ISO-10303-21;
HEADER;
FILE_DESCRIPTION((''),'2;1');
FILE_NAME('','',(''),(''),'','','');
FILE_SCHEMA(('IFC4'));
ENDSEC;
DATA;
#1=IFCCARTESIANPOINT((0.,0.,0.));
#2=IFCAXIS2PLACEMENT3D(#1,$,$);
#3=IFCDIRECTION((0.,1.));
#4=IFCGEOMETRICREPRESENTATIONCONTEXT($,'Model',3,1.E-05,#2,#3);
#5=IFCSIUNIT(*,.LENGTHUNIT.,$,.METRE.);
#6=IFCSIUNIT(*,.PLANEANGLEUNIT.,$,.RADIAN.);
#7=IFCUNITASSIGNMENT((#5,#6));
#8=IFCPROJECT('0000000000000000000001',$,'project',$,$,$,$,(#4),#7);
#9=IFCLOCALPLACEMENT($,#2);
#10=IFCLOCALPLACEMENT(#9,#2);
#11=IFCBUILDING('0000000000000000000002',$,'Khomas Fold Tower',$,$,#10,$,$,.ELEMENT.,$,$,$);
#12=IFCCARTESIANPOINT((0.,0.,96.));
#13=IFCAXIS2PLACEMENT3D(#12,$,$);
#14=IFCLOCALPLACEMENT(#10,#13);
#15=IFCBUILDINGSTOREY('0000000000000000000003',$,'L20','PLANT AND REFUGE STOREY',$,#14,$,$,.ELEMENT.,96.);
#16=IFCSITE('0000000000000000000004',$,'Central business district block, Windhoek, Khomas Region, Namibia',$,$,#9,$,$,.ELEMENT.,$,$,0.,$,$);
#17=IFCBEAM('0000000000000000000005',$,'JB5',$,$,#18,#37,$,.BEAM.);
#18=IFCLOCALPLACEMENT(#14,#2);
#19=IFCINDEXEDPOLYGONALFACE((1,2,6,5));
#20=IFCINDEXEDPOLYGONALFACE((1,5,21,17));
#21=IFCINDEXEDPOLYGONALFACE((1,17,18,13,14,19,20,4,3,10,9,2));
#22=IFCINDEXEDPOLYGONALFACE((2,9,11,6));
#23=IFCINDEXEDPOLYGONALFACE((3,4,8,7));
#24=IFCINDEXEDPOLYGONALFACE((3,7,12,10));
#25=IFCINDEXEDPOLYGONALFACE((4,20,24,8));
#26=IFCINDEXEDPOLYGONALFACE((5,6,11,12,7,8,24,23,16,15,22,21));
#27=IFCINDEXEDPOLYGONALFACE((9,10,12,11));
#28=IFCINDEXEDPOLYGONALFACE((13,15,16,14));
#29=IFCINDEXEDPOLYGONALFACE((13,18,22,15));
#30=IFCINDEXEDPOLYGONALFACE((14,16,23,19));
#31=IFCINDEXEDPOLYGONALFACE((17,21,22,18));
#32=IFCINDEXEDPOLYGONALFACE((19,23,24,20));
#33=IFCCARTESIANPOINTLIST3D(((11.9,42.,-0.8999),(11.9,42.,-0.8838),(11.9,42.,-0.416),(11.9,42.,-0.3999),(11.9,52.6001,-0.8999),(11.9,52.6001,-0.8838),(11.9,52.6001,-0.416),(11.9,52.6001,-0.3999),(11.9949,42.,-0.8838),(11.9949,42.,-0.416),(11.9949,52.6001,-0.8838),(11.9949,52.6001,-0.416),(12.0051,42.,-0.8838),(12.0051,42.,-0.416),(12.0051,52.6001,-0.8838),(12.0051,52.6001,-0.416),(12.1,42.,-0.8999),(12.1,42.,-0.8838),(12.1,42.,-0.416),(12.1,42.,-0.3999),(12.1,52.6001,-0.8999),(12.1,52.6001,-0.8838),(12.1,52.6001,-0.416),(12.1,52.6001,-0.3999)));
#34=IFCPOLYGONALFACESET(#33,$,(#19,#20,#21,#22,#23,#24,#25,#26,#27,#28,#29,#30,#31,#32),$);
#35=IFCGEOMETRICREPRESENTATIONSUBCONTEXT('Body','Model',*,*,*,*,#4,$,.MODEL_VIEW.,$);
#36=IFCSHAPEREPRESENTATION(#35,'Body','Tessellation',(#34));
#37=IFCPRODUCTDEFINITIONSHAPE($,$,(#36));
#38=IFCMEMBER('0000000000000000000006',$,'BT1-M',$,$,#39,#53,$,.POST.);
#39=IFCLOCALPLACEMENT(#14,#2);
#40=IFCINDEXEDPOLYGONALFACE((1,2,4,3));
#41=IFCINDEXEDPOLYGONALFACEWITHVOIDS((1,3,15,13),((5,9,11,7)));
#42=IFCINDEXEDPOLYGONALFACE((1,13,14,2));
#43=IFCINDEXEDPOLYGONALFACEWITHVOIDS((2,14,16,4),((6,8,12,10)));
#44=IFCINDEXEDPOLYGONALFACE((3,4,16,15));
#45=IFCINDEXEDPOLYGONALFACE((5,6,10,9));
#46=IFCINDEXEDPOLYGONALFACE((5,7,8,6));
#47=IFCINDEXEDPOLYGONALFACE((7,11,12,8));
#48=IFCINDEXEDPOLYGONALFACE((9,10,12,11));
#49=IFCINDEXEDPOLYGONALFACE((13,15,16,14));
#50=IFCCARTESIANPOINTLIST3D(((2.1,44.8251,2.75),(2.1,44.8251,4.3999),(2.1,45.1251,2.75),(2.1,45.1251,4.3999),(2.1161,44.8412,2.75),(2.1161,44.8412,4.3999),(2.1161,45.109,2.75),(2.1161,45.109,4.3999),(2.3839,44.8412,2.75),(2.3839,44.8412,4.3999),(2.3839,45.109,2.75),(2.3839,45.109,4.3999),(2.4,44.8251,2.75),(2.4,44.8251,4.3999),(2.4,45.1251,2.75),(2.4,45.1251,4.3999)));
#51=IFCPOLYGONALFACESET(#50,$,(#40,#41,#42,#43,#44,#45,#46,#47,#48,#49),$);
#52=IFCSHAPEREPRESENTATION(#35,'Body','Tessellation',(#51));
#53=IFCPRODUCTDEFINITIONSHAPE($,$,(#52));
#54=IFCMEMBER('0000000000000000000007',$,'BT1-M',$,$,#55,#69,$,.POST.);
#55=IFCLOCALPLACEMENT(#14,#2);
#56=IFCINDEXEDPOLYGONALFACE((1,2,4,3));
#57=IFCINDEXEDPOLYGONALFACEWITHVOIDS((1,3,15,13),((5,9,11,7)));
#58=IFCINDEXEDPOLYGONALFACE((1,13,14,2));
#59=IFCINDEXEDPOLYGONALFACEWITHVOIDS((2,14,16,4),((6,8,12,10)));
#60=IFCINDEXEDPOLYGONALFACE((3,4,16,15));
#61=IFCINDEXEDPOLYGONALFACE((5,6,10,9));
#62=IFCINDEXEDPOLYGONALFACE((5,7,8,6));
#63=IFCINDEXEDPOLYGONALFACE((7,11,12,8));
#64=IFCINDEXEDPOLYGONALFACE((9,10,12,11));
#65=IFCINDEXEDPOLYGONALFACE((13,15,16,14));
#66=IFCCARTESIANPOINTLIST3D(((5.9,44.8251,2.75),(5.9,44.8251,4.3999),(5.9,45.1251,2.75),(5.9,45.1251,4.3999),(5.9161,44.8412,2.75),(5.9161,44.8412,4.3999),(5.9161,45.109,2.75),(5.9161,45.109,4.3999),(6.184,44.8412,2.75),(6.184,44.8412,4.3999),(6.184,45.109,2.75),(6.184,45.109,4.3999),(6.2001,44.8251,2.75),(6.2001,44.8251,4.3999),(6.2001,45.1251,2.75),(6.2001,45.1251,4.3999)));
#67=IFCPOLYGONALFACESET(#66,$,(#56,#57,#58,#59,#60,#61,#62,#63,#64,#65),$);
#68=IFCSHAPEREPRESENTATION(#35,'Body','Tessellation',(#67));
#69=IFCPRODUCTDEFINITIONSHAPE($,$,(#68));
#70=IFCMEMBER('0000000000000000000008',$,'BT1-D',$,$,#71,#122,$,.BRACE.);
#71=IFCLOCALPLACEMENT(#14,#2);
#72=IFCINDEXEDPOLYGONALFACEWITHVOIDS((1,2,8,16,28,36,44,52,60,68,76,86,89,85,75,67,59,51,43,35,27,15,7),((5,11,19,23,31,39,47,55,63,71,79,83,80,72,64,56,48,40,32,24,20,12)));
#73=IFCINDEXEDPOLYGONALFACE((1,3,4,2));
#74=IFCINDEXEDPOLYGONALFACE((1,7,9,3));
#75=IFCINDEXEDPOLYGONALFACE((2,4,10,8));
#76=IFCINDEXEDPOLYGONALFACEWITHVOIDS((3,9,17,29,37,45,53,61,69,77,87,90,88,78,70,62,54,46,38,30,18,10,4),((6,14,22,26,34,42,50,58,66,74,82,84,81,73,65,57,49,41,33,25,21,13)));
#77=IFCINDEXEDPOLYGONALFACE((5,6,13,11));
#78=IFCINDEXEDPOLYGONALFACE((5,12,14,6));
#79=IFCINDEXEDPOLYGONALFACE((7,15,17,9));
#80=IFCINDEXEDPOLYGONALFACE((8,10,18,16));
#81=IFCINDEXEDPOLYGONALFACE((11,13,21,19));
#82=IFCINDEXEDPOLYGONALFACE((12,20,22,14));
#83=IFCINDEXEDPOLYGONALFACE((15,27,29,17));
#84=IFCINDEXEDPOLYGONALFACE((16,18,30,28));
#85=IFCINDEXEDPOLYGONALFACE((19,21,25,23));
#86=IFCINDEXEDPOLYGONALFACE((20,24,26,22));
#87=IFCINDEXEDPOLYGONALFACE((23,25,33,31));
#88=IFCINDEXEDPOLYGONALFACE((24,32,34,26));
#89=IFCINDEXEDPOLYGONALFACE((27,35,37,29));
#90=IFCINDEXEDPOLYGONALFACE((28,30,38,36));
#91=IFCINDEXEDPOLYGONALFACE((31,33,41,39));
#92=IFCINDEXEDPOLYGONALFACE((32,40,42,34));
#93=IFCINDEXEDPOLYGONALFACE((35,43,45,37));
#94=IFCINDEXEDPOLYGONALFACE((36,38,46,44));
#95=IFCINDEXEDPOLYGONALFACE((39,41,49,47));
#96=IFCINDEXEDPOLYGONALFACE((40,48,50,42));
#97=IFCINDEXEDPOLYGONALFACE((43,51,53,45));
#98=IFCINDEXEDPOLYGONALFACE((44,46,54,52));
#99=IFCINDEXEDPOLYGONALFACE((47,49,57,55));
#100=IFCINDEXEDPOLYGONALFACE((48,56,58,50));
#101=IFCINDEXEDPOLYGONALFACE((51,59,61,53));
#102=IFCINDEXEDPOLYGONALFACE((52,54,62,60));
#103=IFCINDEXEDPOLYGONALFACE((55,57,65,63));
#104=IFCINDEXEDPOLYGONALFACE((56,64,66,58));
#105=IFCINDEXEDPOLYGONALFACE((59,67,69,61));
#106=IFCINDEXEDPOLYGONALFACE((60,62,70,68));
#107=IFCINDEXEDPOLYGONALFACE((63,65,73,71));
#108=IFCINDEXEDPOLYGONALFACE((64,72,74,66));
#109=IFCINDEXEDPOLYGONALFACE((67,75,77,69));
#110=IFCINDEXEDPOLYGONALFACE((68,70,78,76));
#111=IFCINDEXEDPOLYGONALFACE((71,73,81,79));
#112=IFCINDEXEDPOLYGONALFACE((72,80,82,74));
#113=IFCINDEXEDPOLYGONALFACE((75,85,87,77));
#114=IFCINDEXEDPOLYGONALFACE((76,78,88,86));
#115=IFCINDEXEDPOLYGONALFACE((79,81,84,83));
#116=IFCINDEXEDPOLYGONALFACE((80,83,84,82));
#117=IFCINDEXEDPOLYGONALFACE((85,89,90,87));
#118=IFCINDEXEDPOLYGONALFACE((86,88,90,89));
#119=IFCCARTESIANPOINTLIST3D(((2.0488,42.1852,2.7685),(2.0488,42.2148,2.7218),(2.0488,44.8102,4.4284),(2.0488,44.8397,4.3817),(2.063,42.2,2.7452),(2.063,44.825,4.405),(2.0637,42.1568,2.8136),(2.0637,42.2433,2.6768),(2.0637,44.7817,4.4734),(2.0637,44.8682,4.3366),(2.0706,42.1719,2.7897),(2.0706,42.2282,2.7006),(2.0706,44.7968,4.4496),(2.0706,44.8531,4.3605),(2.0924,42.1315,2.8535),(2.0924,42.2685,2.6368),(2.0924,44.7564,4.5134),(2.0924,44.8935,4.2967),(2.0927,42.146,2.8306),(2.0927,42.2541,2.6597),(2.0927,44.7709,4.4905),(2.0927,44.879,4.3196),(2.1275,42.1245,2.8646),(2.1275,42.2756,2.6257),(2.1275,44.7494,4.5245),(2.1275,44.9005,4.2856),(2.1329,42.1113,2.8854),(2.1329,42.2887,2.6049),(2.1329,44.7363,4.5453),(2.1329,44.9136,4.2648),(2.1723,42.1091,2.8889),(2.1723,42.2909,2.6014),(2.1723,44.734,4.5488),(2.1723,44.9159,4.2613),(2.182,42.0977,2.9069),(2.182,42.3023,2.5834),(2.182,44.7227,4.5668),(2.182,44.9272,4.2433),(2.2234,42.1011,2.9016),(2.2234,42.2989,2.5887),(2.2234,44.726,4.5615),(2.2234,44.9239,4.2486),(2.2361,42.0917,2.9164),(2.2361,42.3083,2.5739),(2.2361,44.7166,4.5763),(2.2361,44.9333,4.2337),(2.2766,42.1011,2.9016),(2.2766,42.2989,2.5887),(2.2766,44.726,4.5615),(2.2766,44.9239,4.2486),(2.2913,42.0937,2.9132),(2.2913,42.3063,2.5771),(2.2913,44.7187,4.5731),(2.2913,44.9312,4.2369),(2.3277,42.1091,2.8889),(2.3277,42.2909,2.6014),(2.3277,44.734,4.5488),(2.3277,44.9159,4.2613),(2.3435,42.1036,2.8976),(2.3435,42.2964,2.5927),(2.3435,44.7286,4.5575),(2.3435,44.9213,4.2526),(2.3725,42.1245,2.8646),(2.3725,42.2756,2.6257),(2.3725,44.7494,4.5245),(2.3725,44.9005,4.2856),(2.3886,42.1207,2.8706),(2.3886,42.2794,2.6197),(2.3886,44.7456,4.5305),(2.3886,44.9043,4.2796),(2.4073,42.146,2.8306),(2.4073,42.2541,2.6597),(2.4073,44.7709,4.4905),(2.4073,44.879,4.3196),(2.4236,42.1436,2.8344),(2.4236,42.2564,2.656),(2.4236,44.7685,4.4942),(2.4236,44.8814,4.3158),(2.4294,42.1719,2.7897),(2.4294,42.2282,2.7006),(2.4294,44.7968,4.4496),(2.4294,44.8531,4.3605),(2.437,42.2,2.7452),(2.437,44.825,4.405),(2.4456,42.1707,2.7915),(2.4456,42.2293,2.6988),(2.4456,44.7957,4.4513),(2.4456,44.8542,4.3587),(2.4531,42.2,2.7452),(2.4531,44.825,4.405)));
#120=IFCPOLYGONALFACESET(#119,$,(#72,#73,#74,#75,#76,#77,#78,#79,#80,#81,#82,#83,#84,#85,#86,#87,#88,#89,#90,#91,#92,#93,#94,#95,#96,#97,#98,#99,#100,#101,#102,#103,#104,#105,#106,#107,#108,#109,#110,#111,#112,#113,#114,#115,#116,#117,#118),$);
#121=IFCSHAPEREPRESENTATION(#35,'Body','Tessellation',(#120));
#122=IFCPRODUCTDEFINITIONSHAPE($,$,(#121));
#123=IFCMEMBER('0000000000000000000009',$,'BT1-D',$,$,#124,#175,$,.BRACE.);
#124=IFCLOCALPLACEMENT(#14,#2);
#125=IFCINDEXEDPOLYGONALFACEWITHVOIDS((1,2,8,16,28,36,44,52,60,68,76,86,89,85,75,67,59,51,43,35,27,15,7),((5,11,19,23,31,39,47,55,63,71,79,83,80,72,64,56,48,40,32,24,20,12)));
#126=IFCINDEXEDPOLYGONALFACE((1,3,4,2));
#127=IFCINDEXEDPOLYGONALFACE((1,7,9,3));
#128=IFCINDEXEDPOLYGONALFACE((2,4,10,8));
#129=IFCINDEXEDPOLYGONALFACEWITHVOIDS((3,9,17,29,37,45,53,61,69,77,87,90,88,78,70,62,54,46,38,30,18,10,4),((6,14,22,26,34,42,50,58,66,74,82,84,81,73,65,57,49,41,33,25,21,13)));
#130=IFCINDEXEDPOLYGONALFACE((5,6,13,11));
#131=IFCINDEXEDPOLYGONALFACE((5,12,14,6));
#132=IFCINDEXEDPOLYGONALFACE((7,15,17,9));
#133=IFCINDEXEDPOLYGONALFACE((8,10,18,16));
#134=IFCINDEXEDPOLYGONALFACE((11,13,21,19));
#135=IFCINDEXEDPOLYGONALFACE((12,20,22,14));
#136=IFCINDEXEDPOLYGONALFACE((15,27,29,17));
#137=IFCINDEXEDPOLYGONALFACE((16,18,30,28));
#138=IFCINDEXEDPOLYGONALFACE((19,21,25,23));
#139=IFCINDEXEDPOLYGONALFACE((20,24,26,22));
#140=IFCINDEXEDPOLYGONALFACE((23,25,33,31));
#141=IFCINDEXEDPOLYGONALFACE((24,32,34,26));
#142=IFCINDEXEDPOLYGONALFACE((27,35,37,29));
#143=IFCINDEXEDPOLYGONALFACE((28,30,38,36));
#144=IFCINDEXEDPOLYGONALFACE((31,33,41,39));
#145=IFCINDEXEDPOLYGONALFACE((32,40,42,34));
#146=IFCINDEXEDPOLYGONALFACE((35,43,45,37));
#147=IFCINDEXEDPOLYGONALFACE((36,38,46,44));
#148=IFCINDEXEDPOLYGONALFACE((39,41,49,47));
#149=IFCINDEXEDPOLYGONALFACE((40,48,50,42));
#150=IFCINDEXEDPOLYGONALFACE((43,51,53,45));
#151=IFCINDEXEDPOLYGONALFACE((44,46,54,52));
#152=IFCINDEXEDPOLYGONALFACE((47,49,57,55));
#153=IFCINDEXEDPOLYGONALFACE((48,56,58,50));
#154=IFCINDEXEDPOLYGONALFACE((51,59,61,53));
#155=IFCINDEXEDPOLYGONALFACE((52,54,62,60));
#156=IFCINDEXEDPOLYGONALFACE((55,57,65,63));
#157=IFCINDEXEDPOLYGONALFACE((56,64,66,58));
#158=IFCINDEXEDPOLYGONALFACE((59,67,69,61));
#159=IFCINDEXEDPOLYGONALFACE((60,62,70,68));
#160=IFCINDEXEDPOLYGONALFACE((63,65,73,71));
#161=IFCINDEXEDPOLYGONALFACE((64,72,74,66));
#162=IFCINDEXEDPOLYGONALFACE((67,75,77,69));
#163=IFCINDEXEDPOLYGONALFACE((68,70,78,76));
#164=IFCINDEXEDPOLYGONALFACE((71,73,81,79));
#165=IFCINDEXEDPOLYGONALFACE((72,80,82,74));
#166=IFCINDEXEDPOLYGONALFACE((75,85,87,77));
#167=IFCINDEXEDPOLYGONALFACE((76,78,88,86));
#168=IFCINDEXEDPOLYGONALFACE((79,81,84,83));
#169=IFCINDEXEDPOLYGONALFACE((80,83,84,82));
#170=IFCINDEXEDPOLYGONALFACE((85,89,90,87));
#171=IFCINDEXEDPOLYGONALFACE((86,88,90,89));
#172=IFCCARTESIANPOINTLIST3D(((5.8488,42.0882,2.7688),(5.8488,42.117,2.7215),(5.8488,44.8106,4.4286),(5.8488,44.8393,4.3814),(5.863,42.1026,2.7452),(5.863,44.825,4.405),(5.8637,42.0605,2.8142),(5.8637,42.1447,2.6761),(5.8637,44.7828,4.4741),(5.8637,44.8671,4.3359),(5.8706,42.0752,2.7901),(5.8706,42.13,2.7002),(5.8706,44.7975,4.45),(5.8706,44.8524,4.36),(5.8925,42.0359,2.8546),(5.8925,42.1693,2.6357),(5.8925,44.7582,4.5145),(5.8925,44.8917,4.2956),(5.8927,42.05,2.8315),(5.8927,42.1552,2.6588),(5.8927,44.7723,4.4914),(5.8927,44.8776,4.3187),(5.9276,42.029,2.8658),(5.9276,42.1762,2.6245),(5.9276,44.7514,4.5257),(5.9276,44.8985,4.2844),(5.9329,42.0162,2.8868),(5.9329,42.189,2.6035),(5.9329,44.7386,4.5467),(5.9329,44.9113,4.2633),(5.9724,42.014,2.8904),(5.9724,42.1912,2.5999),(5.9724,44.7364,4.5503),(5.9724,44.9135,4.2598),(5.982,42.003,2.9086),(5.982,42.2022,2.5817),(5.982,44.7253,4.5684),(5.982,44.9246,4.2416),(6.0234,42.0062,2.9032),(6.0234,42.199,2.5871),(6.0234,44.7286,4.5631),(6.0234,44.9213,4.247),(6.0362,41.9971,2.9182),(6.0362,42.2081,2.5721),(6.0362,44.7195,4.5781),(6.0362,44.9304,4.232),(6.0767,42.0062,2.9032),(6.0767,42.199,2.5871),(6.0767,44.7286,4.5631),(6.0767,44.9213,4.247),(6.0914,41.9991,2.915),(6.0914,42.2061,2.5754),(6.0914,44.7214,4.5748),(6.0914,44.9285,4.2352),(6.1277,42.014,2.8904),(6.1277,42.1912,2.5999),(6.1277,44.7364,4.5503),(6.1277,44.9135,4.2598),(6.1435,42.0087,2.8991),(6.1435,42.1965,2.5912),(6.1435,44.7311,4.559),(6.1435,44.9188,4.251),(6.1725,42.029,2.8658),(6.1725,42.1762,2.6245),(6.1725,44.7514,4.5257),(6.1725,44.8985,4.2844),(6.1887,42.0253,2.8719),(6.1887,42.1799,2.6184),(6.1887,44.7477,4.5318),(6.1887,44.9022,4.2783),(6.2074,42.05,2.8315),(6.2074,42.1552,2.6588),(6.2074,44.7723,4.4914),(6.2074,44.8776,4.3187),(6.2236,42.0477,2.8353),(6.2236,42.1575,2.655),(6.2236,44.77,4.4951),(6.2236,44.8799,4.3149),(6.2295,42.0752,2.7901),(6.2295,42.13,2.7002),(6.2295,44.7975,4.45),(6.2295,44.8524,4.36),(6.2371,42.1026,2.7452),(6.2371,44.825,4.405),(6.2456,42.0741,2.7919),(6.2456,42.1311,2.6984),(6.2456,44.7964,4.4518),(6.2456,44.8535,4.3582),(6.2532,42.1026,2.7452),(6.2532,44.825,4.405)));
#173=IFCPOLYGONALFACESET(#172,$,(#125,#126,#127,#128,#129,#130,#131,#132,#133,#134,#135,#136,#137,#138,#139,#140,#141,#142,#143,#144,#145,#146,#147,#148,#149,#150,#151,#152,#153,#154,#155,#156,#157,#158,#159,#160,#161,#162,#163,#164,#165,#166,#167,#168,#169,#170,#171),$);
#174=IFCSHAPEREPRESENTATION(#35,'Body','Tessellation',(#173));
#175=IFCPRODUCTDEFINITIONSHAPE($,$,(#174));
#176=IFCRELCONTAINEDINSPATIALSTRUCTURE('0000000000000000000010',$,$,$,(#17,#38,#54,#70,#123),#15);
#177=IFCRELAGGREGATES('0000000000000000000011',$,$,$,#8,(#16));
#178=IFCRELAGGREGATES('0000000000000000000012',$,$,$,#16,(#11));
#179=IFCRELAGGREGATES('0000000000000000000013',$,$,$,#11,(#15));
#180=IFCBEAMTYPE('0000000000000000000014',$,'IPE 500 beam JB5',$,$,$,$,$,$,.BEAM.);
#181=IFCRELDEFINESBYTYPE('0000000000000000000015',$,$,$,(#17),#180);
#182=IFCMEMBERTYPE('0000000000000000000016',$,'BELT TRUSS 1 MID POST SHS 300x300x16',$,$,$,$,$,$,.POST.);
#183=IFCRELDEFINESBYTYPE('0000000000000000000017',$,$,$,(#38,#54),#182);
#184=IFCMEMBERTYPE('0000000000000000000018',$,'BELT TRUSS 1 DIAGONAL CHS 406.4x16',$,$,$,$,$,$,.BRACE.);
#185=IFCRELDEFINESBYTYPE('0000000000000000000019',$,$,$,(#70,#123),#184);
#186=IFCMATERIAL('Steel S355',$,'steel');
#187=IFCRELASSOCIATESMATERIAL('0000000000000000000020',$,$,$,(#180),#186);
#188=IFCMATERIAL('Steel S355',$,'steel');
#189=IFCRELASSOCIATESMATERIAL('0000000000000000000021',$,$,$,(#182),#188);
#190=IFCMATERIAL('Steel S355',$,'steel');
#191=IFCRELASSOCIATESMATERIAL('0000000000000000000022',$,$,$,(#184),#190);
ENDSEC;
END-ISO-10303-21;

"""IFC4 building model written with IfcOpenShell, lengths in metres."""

from ifc_helpers import new_model, si_unit, direction, frame, origin, origin_2d, place, context, subcontext, project, spatial, hollow_rectangle, hollow_circle, i_section, extrude, source, transform, mapped, material, material_profile, profile_set, type_object, element, save


model = new_model("IFC4")

# Units and contexts
model_context = context("Model", 3, precision=1e-05, world=origin(), true_north=direction((0.0, 1.0)))
body_context = subcontext(model_context, "Body", "Model", "MODEL_VIEW")
ifc_project = project(units=[si_unit("LENGTHUNIT", "METRE"), si_unit("PLANEANGLEUNIT", "RADIAN")], contexts=[model_context])

# Site, building, storey
site_placement = place(None, origin())
site = spatial("IfcSite", under=ifc_project, at=site_placement, Name="Central business district block, Windhoek, Khomas Region, Namibia", CompositionType="ELEMENT", RefElevation=0.0)
building_placement = place(site_placement, origin())
building = spatial("IfcBuilding", under=site, at=building_placement, Name="Khomas Fold Tower", CompositionType="ELEMENT")
storey_placement = place(building_placement, frame((0.0, 0.0, 96.0)))
storey = spatial("IfcBuildingStorey", under=building, at=storey_placement, Name="L20", Description="PLANT AND REFUGE STOREY", CompositionType="ELEMENT", Elevation=96.0)

# Beam
ifc_material_1 = material(Name="Steel S355", Category="steel")
ifc_material_profile_1 = material_profile(ifc_material_1, i_section(OverallWidth=0.2, OverallDepth=0.5, WebThickness=0.0103, FlangeThickness=0.0161, at=origin_2d()), Name="IPE 500")
ifc_profile_set_1 = profile_set([ifc_material_profile_1], Name="Steel S355")
beam_type = type_object("IfcBeamType", Name="IPE 500 beam JB5", PredefinedType="BEAM", material=ifc_profile_set_1)
shared_shape_1 = source(origin(), body_context, "Body", "SweptSolid", [
    extrude(i_section(OverallWidth=0.2, OverallDepth=0.5, WebThickness=0.0103, FlangeThickness=0.0161, at=origin_2d()), origin(), (0.0, 0.0, 1.0), 10.6001),
])
beam_placement = place(storey_placement, frame((12.0, 42.0, -0.6499), z_axis=(0.0, 1.0, 0.0), x_axis=(-1.0, 0.0, 0.0)))
element("IfcBeam", 1, at=beam_placement, inside=storey, type_object=beam_type, Name="JB5", PredefinedType="BEAM", context=body_context, shape_type="MappedRepresentation", body=[
    mapped(shared_shape_1, transform((0.0, 0.0, 0.0))),
])

# Members
ifc_material_2 = material(Name="Steel S355", Category="steel")
ifc_material_profile_2 = material_profile(ifc_material_2, hollow_rectangle(XDim=0.3, YDim=0.3, WallThickness=0.0161, at=origin_2d()), Name="SHS 300x300x16")
ifc_profile_set_2 = profile_set([ifc_material_profile_2], Name="Steel S355")
member_type_1 = type_object("IfcMemberType", Name="BELT TRUSS 1 MID POST SHS 300x300x16", PredefinedType="POST", material=ifc_profile_set_2)
shared_shape_2 = source(origin(), body_context, "Body", "SweptSolid", [
    extrude(hollow_rectangle(XDim=0.3, YDim=0.3, WallThickness=0.0161, at=origin_2d()), origin(), (0.0, 0.0, 1.0), 1.6499),
])
for number, where, z_axis, x_axis, name in (
    (2, (2.25, 44.9751, 2.75), (0.0, 0.0, 1.0), (1.0, 0.0, 0.0), "BT1-M"),
    (3, (6.05, 44.9751, 2.75), (0.0, 0.0, 1.0), (1.0, 0.0, 0.0), "BT1-M"),
):
    element("IfcMember", number, at=place(storey_placement, frame(where, z_axis=z_axis, x_axis=x_axis)), inside=storey, type_object=member_type_1, Name=name, PredefinedType="POST", context=body_context, shape_type="MappedRepresentation", body=[
        mapped(shared_shape_2, transform((0.0, 0.0, 0.0))),
    ])
ifc_material_3 = material(Name="Steel S355", Category="steel")
ifc_material_profile_3 = material_profile(ifc_material_3, hollow_circle(Radius=0.2031, WallThickness=0.0161, at=origin_2d()), Name="CHS 406.4x16")
ifc_profile_set_3 = profile_set([ifc_material_profile_3], Name="Steel S355")
member_type_2 = type_object("IfcMemberType", Name="BELT TRUSS 1 DIAGONAL CHS 406.4x16", PredefinedType="BRACE", material=ifc_profile_set_3)
shared_shape_3 = source(origin(), body_context, "Body", "SweptSolid", [
    extrude(hollow_circle(Radius=0.2031, WallThickness=0.0161, at=origin_2d()), origin(), (0.0, 0.0, 1.0), 3.1057),
])
member_1_placement = place(storey_placement, frame((2.25, 44.825, 4.405), z_axis=(0.0, -0.845196, -0.534457), x_axis=(1.0, 0.0, 0.0)))
element("IfcMember", 4, at=member_1_placement, inside=storey, type_object=member_type_2, Name="BT1-D", PredefinedType="BRACE", context=body_context, shape_type="MappedRepresentation", body=[
    mapped(shared_shape_3, transform((0.0, 0.0, 0.0))),
])
shared_shape_4 = source(origin(), body_context, "Body", "SweptSolid", [
    extrude(hollow_circle(Radius=0.2031, WallThickness=0.0161, at=origin_2d()), origin(), (0.0, 0.0, 1.0), 3.1885),
])
member_2_placement = place(storey_placement, frame((6.05, 44.825, 4.405), z_axis=(0.0, -0.853809, -0.520586), x_axis=(1.0, 0.0, 0.0)))
element("IfcMember", 5, at=member_2_placement, inside=storey, type_object=member_type_2, Name="BT1-D", PredefinedType="BRACE", context=body_context, shape_type="MappedRepresentation", body=[
    mapped(shared_shape_4, transform((0.0, 0.0, 0.0))),
])

save(model, "model.ifc")
